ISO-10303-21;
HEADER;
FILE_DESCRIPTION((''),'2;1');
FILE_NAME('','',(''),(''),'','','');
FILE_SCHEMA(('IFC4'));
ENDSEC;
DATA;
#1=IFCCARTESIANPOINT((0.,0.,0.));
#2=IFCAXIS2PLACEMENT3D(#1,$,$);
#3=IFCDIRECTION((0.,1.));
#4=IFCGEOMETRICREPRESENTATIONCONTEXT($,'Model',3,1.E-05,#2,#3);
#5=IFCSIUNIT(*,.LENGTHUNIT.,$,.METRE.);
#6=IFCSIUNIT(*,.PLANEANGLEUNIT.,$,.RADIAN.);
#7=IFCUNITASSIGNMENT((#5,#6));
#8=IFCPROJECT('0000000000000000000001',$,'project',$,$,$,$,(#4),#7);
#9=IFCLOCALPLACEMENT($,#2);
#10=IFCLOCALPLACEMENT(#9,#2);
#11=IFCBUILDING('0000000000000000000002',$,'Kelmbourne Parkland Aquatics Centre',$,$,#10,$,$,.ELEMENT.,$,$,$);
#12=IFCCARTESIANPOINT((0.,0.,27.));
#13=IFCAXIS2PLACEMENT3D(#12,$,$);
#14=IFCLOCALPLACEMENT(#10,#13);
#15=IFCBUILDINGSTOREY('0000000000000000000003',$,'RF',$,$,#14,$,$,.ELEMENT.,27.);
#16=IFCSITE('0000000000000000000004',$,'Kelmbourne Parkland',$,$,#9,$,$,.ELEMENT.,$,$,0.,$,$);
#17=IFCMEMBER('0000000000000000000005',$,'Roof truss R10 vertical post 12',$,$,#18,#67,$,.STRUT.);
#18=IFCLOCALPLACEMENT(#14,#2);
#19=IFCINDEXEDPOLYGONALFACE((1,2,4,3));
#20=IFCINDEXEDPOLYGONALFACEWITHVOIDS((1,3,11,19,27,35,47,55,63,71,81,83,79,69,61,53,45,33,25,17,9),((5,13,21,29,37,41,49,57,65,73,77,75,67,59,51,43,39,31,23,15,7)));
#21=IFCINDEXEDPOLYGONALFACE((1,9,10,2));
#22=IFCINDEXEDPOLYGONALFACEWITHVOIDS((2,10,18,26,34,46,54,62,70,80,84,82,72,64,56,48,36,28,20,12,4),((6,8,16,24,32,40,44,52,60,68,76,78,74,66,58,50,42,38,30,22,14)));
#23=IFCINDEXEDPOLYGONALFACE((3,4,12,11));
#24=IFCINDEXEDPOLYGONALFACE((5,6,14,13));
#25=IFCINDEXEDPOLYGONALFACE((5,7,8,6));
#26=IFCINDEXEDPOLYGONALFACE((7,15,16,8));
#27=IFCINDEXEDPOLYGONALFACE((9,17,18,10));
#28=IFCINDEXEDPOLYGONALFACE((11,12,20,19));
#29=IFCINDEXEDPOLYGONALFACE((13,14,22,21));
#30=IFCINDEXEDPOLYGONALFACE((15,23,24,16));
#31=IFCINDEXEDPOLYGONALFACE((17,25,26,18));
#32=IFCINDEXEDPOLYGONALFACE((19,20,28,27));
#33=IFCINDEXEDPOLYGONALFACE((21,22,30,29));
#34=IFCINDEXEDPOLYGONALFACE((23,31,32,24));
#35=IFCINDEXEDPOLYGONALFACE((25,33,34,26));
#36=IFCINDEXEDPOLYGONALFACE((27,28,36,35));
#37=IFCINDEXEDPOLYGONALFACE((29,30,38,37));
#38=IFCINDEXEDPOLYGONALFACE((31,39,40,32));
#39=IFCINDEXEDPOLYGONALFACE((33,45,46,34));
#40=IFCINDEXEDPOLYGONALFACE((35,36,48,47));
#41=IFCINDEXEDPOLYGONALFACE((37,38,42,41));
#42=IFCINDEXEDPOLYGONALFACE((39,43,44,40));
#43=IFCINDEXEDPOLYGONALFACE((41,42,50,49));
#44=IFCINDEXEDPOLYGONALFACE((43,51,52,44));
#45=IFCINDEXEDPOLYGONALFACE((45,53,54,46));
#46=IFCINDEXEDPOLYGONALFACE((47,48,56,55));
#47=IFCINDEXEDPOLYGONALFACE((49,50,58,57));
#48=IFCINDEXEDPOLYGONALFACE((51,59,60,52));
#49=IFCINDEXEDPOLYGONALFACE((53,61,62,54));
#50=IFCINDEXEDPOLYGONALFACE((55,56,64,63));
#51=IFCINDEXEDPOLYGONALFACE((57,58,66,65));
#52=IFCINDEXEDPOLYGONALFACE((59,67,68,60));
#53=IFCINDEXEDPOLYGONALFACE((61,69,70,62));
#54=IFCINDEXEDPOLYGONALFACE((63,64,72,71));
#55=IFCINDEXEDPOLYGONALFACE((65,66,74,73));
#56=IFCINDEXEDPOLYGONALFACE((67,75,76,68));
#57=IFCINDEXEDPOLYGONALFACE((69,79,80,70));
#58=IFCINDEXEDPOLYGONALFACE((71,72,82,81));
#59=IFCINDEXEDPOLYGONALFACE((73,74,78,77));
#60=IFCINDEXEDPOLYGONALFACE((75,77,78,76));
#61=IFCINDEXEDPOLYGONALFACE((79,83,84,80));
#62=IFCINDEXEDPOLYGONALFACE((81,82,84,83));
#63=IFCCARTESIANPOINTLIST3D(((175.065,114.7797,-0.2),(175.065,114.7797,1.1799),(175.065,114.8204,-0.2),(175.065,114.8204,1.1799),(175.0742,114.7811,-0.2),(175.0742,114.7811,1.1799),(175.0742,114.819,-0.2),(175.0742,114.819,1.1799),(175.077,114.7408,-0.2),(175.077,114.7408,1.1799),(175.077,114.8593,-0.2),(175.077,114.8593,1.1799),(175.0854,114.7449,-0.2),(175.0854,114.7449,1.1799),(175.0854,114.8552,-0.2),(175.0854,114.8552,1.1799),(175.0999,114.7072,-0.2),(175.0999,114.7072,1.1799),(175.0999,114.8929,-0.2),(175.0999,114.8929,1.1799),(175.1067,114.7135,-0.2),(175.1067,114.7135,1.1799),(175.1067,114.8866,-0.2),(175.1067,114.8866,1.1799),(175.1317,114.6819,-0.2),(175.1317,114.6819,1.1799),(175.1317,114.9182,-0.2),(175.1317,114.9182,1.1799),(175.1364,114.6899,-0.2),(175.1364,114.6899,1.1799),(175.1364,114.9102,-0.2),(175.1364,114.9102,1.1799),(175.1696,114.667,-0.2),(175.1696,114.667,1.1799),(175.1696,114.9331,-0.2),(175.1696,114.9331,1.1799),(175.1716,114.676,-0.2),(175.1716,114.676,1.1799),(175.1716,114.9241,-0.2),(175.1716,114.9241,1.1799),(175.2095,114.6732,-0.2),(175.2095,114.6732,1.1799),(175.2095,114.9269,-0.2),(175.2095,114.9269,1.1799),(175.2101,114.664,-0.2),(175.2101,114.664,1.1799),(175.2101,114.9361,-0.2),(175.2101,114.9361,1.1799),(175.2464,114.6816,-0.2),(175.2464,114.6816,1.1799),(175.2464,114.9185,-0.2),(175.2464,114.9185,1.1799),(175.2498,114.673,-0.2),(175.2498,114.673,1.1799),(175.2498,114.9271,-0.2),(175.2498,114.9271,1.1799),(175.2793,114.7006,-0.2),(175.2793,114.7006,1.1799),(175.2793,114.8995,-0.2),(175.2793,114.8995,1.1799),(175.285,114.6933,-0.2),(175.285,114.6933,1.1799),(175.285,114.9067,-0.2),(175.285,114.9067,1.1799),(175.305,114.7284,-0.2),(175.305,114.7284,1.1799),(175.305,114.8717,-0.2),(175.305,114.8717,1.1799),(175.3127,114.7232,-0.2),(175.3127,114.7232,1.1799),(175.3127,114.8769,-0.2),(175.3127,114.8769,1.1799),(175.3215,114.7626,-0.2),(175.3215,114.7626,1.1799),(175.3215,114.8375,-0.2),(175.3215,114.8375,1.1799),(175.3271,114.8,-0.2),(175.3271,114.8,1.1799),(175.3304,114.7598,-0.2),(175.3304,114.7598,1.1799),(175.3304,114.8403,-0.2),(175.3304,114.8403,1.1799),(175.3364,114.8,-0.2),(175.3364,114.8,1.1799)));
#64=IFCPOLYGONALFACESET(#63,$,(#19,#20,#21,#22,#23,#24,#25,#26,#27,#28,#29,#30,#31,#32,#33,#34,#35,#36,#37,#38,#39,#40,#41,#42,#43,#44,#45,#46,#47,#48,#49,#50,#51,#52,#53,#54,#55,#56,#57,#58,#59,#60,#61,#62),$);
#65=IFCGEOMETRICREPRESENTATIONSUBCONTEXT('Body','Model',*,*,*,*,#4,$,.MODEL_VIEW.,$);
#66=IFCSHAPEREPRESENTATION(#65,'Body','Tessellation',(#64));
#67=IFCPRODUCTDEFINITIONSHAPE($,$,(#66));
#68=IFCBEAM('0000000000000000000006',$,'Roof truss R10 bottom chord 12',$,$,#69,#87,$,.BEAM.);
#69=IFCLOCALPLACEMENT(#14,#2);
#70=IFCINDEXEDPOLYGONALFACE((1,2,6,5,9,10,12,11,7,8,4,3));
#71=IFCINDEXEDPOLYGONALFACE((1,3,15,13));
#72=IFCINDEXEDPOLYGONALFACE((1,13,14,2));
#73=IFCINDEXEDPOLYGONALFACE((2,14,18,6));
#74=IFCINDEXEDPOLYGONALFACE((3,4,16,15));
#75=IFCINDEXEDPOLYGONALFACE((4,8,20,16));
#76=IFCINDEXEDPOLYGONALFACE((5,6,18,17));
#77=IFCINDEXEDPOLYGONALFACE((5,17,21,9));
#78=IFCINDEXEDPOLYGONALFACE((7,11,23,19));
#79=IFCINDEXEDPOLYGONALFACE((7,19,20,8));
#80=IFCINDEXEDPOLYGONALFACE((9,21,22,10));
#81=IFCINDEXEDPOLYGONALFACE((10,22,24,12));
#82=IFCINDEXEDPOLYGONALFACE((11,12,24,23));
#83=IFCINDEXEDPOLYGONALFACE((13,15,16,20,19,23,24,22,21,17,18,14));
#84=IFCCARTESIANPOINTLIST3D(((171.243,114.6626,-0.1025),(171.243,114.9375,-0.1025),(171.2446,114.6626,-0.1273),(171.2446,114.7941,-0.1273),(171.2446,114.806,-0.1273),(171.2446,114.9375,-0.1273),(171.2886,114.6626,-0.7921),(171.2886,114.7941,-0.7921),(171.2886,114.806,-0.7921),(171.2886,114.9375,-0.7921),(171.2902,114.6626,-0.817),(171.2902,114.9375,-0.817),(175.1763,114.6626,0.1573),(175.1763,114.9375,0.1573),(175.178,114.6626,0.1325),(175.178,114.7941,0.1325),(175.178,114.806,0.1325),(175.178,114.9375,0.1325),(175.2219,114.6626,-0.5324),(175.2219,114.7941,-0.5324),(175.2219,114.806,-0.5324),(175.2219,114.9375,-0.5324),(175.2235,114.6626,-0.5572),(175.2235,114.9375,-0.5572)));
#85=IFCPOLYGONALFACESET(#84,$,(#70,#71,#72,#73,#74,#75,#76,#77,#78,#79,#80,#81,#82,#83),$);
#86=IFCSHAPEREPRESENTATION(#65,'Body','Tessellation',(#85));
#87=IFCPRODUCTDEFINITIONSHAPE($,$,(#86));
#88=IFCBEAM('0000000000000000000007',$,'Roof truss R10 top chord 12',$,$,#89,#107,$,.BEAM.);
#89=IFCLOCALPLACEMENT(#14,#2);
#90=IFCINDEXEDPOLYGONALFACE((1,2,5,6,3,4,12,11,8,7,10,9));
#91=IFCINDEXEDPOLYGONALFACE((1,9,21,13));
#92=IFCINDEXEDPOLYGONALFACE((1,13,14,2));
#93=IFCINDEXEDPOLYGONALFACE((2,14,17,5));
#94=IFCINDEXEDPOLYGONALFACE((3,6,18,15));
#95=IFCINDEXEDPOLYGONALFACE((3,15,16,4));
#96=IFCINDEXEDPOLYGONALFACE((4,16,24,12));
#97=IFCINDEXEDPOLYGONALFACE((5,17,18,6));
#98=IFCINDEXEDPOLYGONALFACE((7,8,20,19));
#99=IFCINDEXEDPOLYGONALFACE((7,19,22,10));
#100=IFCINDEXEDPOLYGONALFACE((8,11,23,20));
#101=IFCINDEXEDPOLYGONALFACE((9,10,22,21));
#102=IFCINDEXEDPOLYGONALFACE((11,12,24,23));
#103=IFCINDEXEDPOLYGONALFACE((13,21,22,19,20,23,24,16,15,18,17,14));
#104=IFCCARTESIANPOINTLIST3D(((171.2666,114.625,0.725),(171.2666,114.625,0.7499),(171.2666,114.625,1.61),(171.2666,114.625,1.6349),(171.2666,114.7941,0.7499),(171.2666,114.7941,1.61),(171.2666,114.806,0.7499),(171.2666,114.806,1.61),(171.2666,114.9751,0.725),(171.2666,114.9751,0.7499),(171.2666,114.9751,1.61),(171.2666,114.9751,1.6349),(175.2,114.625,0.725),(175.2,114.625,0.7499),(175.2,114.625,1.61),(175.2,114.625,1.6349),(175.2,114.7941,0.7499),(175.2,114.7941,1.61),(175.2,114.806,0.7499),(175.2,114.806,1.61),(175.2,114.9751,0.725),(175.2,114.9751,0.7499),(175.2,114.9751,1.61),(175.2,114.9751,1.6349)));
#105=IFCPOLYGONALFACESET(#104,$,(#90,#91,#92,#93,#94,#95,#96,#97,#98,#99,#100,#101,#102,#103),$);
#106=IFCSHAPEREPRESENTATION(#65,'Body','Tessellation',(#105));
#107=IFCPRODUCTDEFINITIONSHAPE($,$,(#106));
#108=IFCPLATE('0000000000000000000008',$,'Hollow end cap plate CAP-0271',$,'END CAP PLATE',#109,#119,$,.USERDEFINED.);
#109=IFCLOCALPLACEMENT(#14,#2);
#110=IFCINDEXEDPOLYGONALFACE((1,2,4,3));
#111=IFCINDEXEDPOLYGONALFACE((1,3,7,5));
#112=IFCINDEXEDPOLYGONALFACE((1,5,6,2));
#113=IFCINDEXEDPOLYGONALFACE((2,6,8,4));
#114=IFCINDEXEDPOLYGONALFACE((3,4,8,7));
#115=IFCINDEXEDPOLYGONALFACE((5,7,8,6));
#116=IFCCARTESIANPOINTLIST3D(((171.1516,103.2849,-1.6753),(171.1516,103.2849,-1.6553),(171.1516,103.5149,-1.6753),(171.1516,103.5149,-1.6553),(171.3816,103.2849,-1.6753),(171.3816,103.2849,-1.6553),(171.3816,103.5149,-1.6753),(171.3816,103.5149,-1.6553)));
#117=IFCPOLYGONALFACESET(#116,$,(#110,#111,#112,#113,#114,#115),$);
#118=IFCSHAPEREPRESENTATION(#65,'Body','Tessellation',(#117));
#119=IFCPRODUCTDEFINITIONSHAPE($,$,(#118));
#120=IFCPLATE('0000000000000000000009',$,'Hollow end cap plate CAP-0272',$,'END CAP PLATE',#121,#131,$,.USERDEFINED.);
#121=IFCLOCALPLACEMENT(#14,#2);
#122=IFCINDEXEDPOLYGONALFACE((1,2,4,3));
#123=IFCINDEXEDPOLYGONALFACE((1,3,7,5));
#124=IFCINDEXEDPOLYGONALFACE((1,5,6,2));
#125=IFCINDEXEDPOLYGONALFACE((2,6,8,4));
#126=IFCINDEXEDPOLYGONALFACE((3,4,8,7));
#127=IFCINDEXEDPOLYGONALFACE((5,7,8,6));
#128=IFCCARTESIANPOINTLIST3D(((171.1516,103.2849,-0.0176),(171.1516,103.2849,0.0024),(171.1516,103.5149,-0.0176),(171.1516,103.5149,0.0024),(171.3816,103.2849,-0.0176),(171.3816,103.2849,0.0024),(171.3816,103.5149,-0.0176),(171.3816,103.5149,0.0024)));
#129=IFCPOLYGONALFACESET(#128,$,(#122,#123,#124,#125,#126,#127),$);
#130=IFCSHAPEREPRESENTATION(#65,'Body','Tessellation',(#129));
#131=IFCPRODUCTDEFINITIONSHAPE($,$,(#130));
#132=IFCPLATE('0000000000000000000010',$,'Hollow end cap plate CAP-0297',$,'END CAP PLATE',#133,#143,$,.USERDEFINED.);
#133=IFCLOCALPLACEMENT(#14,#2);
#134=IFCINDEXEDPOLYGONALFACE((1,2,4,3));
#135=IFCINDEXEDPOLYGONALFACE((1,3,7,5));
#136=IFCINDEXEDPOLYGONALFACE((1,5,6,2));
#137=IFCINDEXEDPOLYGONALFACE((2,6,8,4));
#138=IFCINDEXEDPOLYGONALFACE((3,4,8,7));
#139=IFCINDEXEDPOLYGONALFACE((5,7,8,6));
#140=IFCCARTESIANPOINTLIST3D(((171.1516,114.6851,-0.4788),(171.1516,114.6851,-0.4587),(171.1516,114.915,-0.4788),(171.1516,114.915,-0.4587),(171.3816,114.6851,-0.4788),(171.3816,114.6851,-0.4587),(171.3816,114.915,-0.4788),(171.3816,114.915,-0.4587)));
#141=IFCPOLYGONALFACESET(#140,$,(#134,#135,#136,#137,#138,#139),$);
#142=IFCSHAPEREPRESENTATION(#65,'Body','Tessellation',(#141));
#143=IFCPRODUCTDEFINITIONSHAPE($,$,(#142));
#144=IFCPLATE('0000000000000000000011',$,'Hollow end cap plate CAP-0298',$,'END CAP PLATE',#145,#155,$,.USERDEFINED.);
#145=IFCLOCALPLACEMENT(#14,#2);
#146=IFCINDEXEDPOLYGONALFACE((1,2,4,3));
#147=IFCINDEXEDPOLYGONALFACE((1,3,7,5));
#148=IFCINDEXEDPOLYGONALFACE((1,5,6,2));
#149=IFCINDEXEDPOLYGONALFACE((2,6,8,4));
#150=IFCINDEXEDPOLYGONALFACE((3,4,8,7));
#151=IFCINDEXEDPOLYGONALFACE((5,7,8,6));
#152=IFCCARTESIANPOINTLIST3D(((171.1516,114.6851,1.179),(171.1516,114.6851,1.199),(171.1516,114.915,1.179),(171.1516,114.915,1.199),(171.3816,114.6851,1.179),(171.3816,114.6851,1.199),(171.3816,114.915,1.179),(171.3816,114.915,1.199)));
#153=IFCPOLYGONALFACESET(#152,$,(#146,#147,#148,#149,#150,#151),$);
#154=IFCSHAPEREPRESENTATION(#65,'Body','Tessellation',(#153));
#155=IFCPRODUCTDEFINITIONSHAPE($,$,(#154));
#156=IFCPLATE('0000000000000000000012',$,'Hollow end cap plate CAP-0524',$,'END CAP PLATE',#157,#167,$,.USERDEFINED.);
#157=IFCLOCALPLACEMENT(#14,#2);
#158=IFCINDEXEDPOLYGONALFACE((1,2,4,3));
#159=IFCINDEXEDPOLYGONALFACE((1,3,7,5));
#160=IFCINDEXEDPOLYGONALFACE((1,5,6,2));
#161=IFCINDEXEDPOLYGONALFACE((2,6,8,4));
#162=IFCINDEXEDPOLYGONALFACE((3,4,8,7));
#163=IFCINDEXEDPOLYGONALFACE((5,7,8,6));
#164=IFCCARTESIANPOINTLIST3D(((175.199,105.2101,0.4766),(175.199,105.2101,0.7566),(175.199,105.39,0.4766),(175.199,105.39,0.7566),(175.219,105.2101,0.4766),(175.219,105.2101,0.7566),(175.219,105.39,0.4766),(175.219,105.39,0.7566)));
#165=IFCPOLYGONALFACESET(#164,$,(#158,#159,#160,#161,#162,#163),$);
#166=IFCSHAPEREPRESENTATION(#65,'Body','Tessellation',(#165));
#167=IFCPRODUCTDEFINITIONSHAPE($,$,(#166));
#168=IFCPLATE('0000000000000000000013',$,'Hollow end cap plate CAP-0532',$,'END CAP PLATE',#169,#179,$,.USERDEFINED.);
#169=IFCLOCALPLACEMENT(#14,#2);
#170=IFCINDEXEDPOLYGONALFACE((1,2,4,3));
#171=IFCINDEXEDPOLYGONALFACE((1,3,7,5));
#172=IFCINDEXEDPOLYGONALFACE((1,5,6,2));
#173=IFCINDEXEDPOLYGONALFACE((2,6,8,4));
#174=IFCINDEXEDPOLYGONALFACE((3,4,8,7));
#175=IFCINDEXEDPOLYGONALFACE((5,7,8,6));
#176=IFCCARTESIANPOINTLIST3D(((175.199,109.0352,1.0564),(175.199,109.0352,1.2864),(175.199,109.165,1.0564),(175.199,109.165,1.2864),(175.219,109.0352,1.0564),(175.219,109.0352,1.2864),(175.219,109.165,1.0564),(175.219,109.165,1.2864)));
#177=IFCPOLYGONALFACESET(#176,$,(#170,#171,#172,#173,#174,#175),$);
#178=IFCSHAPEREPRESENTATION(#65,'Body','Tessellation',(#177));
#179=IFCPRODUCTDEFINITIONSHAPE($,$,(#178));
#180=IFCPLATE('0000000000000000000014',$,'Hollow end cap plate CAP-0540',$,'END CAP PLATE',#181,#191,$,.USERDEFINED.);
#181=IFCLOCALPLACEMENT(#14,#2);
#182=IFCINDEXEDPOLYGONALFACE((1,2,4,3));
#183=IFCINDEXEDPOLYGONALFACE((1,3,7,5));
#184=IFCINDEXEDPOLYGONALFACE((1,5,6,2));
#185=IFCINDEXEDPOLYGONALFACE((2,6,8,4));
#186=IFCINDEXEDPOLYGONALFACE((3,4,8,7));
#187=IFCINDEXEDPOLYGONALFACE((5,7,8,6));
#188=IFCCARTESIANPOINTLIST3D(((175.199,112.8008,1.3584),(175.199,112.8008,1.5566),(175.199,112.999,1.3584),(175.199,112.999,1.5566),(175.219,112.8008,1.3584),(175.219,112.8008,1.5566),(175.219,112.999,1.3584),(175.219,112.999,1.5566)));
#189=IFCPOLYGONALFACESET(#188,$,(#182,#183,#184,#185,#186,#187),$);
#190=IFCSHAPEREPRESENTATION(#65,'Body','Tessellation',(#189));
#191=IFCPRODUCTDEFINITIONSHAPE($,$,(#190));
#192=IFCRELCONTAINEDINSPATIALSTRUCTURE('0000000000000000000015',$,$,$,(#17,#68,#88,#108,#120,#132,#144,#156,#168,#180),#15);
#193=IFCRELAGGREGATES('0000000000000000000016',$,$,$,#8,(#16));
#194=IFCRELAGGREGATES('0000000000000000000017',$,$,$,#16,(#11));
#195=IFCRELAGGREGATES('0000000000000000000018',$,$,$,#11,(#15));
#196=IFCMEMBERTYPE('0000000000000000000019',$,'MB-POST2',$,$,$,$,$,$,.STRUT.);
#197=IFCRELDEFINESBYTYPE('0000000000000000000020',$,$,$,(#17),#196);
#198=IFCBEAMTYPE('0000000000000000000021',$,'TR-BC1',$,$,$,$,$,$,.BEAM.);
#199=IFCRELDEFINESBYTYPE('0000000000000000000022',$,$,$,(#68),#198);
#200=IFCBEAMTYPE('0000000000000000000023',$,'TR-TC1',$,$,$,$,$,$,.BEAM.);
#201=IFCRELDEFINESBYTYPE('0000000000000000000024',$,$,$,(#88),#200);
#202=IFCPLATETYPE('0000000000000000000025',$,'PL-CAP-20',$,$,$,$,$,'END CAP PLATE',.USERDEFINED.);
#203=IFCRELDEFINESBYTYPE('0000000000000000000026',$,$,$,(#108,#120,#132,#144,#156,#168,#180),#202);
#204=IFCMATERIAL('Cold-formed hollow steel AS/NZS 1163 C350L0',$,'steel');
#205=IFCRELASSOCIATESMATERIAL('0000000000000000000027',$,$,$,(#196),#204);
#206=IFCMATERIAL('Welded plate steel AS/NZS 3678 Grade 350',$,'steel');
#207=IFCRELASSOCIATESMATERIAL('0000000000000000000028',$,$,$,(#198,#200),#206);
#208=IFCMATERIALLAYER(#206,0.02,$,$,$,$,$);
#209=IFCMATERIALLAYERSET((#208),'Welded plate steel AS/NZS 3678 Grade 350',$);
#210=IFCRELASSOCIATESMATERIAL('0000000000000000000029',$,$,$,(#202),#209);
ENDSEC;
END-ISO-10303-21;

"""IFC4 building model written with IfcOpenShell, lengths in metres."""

from ifc_helpers import new_model, si_unit, direction, frame, origin, origin_2d, place, context, subcontext, project, spatial, rectangle, hollow_circle, i_section, extrude, material, layer, layer_set, material_profile, profile_set, type_object, element, save


model = new_model("IFC4")

# Units and contexts
model_context = context("Model", 3, precision=1e-05, world=origin(), true_north=direction((0.0, 1.0)))
body_context = subcontext(model_context, "Body", "Model", "MODEL_VIEW")
ifc_project = project(units=[si_unit("LENGTHUNIT", "METRE"), si_unit("PLANEANGLEUNIT", "RADIAN")], contexts=[model_context])

# Site, building, storey
site_placement = place(None, origin())
site = spatial("IfcSite", under=ifc_project, at=site_placement, Name="Kelmbourne Parkland", CompositionType="ELEMENT", RefElevation=0.0)
building_placement = place(site_placement, origin())
building = spatial("IfcBuilding", under=site, at=building_placement, Name="Kelmbourne Parkland Aquatics Centre", CompositionType="ELEMENT")
storey_placement = place(building_placement, frame((0.0, 0.0, 27.0)))
storey = spatial("IfcBuildingStorey", under=building, at=storey_placement, Name="RF", CompositionType="ELEMENT", Elevation=27.0)

# Member
ifc_material_1 = material(Name="Cold-formed hollow steel AS/NZS 1163 C350L0", Category="steel")
ifc_material_profile_1 = material_profile(ifc_material_1, hollow_circle(Radius=0.1365, WallThickness=0.0093, at=origin_2d()), Name="CHS 273.1x9.3")
ifc_profile_set_1 = profile_set([ifc_material_profile_1], Name="Cold-formed hollow steel AS/NZS 1163 C350L0")
member_type_1 = type_object("IfcMemberType", Name="MB-POST2", PredefinedType="STRUT", material=ifc_profile_set_1)
for number, where, z_axis, x_axis, name in (
    (1, (175.2, 114.8, -0.2), (0.0, 0.0, 1.0), (1.0, 0.0, 0.0), "Roof truss R10 vertical post 12"),
):
    element("IfcMember", number, at=place(storey_placement, frame(where, z_axis=z_axis, x_axis=x_axis)), inside=storey, type_object=member_type_1, Name=name, PredefinedType="STRUT", context=body_context, shape_type="SweptSolid", body=[
        extrude(hollow_circle(Radius=0.1365, WallThickness=0.0093, at=origin_2d()), origin(), (0.0, 0.0, 1.0), 1.3799),
    ])

# Beams
ifc_material_2 = material(Name="Welded plate steel AS/NZS 3678 Grade 350", Category="steel")
ifc_material_profile_2 = material_profile(ifc_material_2, i_section(OverallWidth=0.2749, OverallDepth=0.7161, WebThickness=0.012, FlangeThickness=0.0249, at=origin_2d()), Name="700WB173")
ifc_profile_set_2 = profile_set([ifc_material_profile_2], Name="Welded plate steel AS/NZS 3678 Grade 350")
beam_type_1 = type_object("IfcBeamType", Name="TR-BC1", PredefinedType="BEAM", material=ifc_profile_set_2)
beam_1_placement = place(storey_placement, frame((171.2666, 114.8, -0.4597), z_axis=(0.997826, 0.0, 0.065898), x_axis=(0.0, 1.0, 0.0)))
element("IfcBeam", 2, at=beam_1_placement, inside=storey, type_object=beam_type_1, Name="Roof truss R10 bottom chord 12", PredefinedType="BEAM", context=body_context, shape_type="SweptSolid", body=[
    extrude(i_section(OverallWidth=0.2749, OverallDepth=0.7161, WebThickness=0.012, FlangeThickness=0.0249, at=origin_2d()), origin(), (0.0, 0.0, 1.0), 3.9419),
])
ifc_material_profile_3 = material_profile(ifc_material_2, i_section(OverallWidth=0.3501, OverallDepth=0.9099, WebThickness=0.012, FlangeThickness=0.0249, at=origin_2d()), Name="900WB218")
ifc_profile_set_3 = profile_set([ifc_material_profile_3], Name="Welded plate steel AS/NZS 3678 Grade 350")
beam_type_2 = type_object("IfcBeamType", Name="TR-TC1", PredefinedType="BEAM", material=ifc_profile_set_3)
beam_2_placement = place(storey_placement, frame((171.2666, 114.8, 1.1799), z_axis=(1.0, 0.0, 0.0), x_axis=(0.0, 1.0, 0.0)))
element("IfcBeam", 3, at=beam_2_placement, inside=storey, type_object=beam_type_2, Name="Roof truss R10 top chord 12", PredefinedType="BEAM", context=body_context, shape_type="SweptSolid", body=[
    extrude(i_section(OverallWidth=0.3501, OverallDepth=0.9099, WebThickness=0.012, FlangeThickness=0.0249, at=origin_2d()), origin(), (0.0, 0.0, 1.0), 3.9333),
])

# Plates
ifc_layer_1 = layer(ifc_material_2, 0.02)
ifc_layer_set_1 = layer_set([ifc_layer_1], Name="Welded plate steel AS/NZS 3678 Grade 350")
plate_type_1 = type_object("IfcPlateType", Name="PL-CAP-20", ElementType="END CAP PLATE", PredefinedType="USERDEFINED", material=ifc_layer_set_1)
for number, where, z_axis, x_axis, name in (
    (4, (171.2666, 103.3999, -1.6753), (0.0, 0.0, 1.0), (1.0, 0.0, 0.0), "Hollow end cap plate CAP-0271"),
    (5, (171.2666, 103.3999, -0.0176), (0.0, 0.0, 1.0), (1.0, 0.0, 0.0), "Hollow end cap plate CAP-0272"),
    (6, (171.2666, 114.8, -0.4788), (0.0, 0.0, 1.0), (1.0, 0.0, 0.0), "Hollow end cap plate CAP-0297"),
    (7, (171.2666, 114.8, 1.179), (0.0, 0.0, 1.0), (1.0, 0.0, 0.0), "Hollow end cap plate CAP-0298"),
):
    element("IfcPlate", number, at=place(storey_placement, frame(where, z_axis=z_axis, x_axis=x_axis)), inside=storey, type_object=plate_type_1, Name=name, ObjectType="END CAP PLATE", PredefinedType="USERDEFINED", context=body_context, shape_type="SweptSolid", body=[
        extrude(rectangle(XDim=0.23, YDim=0.23, at=origin_2d()), origin(), (0.0, 0.0, 1.0), 0.02),
    ])
plate_1_placement = place(storey_placement, frame((175.209, 105.3, 0.4766), z_axis=(0.0, 0.0, 1.0), x_axis=(1.0, 0.0, 0.0)))
element("IfcPlate", 8, at=plate_1_placement, inside=storey, type_object=plate_type_1, Name="Hollow end cap plate CAP-0524", ObjectType="END CAP PLATE", PredefinedType="USERDEFINED", context=body_context, shape_type="SweptSolid", body=[
    extrude(rectangle(XDim=0.02, YDim=0.1799, at=origin_2d()), origin(), (0.0, 0.0, 1.0), 0.28),
])
plate_2_placement = place(storey_placement, frame((175.209, 109.1001, 1.0564), z_axis=(0.0, 0.0, 1.0), x_axis=(1.0, 0.0, 0.0)))
element("IfcPlate", 9, at=plate_2_placement, inside=storey, type_object=plate_type_1, Name="Hollow end cap plate CAP-0532", ObjectType="END CAP PLATE", PredefinedType="USERDEFINED", context=body_context, shape_type="SweptSolid", body=[
    extrude(rectangle(XDim=0.02, YDim=0.1299, at=origin_2d()), origin(), (0.0, 0.0, 1.0), 0.23),
])
plate_3_placement = place(storey_placement, frame((175.209, 112.8999, 1.3584), z_axis=(0.0, 0.0, 1.0), x_axis=(1.0, 0.0, 0.0)))
element("IfcPlate", 10, at=plate_3_placement, inside=storey, type_object=plate_type_1, Name="Hollow end cap plate CAP-0540", ObjectType="END CAP PLATE", PredefinedType="USERDEFINED", context=body_context, shape_type="SweptSolid", body=[
    extrude(rectangle(XDim=0.02, YDim=0.1982, at=origin_2d()), origin(), (0.0, 0.0, 1.0), 0.1982),
])

save(model, "model.ifc")
